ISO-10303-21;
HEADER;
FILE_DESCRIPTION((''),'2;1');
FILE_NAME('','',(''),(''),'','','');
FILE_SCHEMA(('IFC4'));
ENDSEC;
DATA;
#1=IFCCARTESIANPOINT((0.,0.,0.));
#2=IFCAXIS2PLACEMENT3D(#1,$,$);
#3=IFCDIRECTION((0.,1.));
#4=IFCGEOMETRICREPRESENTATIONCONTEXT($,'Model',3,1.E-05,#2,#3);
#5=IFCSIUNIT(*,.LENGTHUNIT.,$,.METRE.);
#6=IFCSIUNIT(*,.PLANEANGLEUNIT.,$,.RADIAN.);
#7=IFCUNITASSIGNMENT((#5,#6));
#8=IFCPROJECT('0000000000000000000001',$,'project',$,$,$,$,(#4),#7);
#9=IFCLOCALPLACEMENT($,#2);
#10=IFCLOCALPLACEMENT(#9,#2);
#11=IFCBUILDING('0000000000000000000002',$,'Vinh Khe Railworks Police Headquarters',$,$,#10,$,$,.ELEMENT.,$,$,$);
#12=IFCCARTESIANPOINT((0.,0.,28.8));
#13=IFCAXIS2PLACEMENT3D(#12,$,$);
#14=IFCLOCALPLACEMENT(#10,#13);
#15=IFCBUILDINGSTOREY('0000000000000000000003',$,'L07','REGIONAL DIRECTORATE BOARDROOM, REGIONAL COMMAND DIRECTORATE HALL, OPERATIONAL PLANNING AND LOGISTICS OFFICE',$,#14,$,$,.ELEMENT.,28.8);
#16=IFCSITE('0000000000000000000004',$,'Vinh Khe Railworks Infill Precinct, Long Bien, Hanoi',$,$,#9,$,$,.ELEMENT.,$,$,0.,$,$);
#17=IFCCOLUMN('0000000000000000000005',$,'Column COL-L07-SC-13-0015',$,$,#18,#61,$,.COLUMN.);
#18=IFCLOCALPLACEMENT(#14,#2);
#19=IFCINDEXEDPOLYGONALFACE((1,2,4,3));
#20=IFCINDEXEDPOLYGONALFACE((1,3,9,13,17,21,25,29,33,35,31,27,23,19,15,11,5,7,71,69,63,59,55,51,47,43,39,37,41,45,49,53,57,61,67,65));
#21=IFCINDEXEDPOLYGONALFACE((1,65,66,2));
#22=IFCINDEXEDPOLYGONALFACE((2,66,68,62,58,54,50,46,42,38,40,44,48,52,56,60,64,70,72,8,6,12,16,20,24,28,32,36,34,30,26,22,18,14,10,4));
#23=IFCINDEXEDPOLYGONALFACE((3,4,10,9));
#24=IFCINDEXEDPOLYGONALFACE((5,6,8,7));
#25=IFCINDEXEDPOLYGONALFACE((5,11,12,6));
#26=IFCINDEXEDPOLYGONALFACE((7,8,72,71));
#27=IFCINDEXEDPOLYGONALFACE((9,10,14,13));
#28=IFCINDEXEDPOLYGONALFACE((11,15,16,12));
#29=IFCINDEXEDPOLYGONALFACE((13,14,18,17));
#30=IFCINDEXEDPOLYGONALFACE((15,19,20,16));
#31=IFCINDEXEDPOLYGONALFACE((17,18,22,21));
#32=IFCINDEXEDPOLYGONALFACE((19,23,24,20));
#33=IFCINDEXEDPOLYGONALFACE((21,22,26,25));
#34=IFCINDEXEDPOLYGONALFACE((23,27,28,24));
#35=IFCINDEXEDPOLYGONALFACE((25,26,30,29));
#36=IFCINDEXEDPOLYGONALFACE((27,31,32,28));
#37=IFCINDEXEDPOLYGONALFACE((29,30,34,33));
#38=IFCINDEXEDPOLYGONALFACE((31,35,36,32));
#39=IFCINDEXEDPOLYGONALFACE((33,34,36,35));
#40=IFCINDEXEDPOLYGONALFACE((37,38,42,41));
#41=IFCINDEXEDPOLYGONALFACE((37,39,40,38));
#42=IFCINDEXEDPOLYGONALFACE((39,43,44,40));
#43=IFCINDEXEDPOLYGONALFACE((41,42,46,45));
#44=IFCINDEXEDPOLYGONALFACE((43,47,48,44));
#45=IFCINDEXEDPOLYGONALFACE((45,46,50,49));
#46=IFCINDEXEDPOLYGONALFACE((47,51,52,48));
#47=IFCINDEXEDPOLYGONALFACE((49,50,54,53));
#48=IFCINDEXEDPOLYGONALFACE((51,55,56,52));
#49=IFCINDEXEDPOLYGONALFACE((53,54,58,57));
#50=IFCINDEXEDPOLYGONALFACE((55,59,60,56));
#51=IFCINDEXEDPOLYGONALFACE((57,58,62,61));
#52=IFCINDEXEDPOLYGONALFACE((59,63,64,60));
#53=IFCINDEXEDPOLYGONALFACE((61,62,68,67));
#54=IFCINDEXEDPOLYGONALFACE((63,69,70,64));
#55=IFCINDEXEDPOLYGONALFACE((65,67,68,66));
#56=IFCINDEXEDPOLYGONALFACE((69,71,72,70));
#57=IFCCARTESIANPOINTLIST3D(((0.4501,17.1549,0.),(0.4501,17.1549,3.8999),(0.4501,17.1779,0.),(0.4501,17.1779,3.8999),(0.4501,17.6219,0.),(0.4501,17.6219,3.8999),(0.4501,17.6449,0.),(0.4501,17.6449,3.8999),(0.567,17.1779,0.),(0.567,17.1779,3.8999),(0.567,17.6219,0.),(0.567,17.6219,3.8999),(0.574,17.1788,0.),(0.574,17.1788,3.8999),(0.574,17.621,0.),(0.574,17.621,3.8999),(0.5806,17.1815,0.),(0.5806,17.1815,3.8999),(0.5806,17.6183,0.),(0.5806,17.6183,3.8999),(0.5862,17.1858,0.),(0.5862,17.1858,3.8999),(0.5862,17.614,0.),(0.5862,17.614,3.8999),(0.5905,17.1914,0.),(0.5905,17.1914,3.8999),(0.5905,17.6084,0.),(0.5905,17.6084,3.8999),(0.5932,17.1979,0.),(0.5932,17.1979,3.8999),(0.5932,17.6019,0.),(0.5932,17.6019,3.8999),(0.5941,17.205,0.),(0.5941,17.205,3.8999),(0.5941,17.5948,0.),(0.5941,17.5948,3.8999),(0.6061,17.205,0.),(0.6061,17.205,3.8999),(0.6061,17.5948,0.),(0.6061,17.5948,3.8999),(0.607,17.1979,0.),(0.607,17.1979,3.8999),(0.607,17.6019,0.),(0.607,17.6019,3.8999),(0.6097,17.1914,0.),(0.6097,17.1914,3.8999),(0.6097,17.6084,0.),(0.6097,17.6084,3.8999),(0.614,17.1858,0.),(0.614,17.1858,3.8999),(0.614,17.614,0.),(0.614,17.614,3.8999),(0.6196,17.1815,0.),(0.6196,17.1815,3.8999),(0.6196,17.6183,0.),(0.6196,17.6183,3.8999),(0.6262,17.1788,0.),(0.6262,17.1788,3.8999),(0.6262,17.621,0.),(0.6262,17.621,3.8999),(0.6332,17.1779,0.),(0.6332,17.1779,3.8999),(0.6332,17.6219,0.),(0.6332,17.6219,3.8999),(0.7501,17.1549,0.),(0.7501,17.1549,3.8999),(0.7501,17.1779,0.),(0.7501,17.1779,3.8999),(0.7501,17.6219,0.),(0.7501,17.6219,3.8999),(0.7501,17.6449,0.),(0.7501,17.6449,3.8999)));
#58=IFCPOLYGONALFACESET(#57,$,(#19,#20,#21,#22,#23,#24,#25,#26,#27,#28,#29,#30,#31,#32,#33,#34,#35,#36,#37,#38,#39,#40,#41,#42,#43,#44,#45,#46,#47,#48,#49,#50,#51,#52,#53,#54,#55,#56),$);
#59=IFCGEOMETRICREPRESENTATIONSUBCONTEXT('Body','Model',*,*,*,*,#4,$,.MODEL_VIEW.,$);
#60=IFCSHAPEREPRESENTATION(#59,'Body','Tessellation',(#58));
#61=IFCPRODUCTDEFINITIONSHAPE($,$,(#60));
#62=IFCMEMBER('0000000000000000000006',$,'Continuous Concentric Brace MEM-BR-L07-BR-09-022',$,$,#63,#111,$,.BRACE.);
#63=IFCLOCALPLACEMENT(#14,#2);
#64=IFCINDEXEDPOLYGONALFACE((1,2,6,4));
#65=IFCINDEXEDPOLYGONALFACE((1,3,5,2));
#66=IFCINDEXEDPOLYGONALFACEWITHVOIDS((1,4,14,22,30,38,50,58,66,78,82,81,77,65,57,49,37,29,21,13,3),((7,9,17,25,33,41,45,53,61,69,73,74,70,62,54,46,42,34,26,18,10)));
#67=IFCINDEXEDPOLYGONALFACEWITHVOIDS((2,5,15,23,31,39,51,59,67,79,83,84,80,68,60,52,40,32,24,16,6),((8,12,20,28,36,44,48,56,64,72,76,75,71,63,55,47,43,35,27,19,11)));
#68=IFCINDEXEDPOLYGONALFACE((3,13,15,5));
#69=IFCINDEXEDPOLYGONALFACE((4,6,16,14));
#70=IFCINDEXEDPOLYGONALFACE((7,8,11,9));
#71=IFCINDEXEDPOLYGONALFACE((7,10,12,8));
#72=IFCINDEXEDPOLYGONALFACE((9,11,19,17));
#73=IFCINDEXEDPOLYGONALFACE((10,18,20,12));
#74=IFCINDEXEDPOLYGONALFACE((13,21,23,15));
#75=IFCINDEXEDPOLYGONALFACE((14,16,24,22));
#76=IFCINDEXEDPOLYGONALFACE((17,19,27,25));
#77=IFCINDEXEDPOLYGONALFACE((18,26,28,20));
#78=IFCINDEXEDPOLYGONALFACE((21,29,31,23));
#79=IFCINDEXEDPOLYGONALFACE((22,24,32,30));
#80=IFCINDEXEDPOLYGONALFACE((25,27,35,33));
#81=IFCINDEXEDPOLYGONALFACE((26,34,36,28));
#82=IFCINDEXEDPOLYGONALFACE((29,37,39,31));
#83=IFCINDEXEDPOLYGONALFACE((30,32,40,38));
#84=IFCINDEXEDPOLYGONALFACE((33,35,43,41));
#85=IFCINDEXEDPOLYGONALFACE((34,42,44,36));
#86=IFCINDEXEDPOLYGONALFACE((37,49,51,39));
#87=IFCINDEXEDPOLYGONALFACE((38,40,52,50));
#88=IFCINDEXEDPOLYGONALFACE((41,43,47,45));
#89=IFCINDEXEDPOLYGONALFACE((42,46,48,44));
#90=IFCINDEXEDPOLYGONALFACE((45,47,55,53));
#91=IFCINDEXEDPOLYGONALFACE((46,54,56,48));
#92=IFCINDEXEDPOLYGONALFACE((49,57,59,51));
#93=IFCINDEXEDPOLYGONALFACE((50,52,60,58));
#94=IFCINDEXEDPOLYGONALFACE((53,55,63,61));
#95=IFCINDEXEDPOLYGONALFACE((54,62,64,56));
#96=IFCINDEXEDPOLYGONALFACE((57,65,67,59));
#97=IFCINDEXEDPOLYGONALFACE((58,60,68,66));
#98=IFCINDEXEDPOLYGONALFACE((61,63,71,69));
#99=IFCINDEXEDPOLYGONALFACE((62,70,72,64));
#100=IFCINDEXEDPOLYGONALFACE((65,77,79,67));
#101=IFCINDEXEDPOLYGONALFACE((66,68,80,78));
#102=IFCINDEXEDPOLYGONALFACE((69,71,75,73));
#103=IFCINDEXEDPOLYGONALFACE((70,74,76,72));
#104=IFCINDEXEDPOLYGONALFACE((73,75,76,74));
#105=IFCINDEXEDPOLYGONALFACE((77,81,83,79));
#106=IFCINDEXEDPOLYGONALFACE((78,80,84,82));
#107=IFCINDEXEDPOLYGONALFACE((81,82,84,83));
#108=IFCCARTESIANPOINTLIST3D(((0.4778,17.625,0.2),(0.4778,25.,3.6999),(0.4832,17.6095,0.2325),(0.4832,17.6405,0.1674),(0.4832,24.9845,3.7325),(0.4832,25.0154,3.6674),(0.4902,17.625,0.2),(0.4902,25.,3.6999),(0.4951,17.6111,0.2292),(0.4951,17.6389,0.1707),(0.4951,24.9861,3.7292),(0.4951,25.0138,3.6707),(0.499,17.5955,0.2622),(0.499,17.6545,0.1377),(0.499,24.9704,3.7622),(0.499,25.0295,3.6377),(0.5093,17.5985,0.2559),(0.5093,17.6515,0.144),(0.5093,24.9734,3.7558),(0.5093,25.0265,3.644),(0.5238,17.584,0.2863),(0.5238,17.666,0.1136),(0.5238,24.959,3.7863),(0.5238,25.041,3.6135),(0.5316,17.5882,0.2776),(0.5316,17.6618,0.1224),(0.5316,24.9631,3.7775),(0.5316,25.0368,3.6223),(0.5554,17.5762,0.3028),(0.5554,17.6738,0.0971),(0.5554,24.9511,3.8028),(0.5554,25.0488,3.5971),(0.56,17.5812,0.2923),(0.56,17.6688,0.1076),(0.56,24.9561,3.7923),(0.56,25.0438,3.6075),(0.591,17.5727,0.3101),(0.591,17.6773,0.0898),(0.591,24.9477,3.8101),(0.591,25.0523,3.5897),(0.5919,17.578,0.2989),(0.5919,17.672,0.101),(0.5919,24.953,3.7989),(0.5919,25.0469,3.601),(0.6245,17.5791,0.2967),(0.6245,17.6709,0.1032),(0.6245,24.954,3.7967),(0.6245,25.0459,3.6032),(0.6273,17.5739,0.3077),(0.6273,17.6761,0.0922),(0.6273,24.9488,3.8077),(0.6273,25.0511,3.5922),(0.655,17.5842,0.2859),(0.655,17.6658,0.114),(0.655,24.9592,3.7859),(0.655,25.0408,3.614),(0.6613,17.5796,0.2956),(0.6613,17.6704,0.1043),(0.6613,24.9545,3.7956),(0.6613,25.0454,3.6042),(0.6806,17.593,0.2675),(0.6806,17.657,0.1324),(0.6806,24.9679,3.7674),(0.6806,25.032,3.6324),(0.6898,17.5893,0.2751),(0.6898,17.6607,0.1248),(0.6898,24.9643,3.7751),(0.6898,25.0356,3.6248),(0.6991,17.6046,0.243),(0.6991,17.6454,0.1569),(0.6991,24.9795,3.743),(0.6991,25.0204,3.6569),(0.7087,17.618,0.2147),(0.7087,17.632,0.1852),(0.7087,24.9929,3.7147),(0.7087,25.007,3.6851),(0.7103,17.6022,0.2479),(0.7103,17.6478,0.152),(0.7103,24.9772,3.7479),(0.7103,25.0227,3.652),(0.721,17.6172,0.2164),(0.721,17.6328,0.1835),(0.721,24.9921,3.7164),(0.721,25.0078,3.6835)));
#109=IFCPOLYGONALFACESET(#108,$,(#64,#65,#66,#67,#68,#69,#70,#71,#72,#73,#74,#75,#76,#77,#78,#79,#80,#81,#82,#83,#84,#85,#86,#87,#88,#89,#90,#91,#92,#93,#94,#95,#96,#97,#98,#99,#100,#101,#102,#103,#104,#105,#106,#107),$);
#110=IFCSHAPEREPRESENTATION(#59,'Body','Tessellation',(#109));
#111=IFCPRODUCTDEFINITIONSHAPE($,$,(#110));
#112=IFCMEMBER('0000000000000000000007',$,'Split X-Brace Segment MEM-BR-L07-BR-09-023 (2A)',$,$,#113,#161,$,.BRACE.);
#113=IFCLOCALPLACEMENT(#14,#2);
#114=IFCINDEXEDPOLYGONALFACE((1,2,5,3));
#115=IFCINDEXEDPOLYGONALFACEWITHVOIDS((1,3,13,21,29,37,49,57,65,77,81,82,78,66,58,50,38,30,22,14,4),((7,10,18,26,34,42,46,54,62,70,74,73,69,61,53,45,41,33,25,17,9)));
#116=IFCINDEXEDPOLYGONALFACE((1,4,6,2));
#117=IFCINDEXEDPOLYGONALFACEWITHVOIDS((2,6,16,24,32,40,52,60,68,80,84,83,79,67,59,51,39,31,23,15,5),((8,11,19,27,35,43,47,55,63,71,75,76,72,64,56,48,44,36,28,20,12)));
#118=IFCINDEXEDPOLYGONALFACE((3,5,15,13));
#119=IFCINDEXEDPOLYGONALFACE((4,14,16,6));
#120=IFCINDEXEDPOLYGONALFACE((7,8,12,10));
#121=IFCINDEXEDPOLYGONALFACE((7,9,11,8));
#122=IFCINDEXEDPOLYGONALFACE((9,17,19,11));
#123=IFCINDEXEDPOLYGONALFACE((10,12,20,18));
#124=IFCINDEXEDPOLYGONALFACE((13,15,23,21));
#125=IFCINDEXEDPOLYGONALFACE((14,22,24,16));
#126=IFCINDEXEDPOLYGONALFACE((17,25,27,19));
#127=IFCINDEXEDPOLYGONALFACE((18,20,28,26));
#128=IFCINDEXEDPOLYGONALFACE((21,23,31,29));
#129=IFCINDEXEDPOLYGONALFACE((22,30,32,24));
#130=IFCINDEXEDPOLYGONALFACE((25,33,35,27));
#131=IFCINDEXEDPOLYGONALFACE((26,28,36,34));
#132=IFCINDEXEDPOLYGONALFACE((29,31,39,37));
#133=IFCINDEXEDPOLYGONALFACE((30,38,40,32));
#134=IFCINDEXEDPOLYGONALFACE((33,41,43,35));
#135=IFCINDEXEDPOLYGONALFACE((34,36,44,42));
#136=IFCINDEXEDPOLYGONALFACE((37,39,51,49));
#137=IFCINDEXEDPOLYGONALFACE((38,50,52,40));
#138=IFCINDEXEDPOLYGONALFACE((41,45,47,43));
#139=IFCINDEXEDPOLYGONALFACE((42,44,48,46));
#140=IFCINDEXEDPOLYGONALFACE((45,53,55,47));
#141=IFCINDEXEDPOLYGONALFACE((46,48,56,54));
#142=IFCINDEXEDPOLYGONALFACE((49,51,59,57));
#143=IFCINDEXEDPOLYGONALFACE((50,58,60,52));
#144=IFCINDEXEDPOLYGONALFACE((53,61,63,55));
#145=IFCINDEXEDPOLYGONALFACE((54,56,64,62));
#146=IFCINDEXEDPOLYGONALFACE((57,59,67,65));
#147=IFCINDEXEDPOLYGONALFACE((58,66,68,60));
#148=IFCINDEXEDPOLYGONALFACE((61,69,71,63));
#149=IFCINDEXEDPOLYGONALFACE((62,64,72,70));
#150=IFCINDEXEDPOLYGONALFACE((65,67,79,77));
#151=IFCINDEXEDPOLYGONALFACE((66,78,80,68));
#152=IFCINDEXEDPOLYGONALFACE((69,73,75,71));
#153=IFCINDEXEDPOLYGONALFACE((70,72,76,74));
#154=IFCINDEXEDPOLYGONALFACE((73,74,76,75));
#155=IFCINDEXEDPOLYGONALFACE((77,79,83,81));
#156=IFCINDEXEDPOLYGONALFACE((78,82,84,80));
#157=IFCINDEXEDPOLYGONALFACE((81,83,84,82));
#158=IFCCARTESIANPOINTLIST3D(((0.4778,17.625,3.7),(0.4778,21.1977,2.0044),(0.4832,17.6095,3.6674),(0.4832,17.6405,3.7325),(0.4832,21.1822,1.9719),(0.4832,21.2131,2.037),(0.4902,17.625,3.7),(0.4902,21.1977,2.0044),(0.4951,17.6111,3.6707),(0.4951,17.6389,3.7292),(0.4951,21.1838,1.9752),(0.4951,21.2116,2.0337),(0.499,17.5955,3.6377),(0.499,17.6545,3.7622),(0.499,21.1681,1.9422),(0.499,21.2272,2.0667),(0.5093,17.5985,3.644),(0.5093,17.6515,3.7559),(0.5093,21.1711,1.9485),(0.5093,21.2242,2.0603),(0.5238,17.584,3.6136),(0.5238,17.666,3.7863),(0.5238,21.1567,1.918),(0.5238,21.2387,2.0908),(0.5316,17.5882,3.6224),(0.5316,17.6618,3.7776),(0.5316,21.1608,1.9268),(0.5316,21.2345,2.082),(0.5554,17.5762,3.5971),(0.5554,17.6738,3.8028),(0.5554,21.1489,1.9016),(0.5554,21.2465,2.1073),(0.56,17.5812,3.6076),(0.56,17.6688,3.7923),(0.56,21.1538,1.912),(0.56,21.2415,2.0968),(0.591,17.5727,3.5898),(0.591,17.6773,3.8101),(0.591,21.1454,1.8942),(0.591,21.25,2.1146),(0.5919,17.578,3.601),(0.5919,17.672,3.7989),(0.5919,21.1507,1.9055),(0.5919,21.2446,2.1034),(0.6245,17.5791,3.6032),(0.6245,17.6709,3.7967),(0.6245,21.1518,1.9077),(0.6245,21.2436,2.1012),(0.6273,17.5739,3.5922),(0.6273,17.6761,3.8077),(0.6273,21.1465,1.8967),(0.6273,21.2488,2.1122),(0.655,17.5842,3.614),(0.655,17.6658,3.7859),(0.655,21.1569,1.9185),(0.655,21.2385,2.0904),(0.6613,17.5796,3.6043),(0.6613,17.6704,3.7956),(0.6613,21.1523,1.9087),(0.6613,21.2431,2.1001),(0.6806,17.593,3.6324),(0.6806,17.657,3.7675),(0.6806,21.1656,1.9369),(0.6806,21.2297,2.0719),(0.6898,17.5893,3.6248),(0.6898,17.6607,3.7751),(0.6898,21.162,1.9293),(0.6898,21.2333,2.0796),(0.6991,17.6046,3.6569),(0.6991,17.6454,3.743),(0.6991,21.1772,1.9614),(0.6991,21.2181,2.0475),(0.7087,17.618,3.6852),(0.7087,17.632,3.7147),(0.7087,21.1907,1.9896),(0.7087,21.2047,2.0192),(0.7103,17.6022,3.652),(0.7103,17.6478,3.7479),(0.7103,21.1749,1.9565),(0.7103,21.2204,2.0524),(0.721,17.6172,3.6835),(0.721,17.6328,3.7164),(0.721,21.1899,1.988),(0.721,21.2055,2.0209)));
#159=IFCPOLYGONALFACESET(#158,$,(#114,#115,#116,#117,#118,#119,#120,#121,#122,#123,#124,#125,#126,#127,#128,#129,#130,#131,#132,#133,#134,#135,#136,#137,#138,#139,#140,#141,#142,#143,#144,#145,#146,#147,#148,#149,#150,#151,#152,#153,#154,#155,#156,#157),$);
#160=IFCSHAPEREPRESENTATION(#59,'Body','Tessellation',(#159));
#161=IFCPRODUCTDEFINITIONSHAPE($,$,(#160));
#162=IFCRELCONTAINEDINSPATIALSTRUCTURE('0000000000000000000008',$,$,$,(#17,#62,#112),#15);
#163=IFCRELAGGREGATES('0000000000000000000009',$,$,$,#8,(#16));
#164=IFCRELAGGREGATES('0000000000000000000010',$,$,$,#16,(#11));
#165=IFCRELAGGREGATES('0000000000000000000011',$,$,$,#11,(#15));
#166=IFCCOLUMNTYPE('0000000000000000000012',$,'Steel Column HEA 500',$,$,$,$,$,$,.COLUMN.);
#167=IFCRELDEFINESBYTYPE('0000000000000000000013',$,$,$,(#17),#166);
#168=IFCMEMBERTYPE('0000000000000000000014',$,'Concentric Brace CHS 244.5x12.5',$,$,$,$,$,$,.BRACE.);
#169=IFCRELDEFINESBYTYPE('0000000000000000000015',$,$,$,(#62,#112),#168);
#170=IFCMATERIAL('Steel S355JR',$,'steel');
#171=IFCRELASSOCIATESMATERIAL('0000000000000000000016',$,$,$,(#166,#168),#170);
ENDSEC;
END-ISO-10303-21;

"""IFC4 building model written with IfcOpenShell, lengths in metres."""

from ifc_helpers import new_model, si_unit, direction, frame, origin, origin_2d, place, context, subcontext, project, spatial, hollow_circle, i_section, extrude, material, material_profile, profile_set, type_object, element, save


model = new_model("IFC4")

# Units and contexts
model_context = context("Model", 3, precision=1e-05, world=origin(), true_north=direction((0.0, 1.0)))
body_context = subcontext(model_context, "Body", "Model", "MODEL_VIEW")
ifc_project = project(units=[si_unit("LENGTHUNIT", "METRE"), si_unit("PLANEANGLEUNIT", "RADIAN")], contexts=[model_context])

# Site, building, storey
site_placement = place(None, origin())
site = spatial("IfcSite", under=ifc_project, at=site_placement, Name="Vinh Khe Railworks Infill Precinct, Long Bien, Hanoi", CompositionType="ELEMENT", RefElevation=0.0)
building_placement = place(site_placement, origin())
building = spatial("IfcBuilding", under=site, at=building_placement, Name="Vinh Khe Railworks Police Headquarters", CompositionType="ELEMENT")
storey_placement = place(building_placement, frame((0.0, 0.0, 28.8)))
storey = spatial("IfcBuildingStorey", under=building, at=storey_placement, Name="L07", Description="REGIONAL DIRECTORATE BOARDROOM, REGIONAL COMMAND DIRECTORATE HALL, OPERATIONAL PLANNING AND LOGISTICS OFFICE", CompositionType="ELEMENT", Elevation=28.8)

# Column
ifc_material_1 = material(Name="Steel S355JR", Category="steel")
ifc_material_profile_1 = material_profile(ifc_material_1, i_section(OverallWidth=0.3, OverallDepth=0.49, WebThickness=0.012, FlangeThickness=0.0229, FilletRadius=0.0271, at=origin_2d()), Name="HEA 500")
ifc_profile_set_1 = profile_set([ifc_material_profile_1], Name="Steel S355JR")
column_type = type_object("IfcColumnType", Name="Steel Column HEA 500", PredefinedType="COLUMN", material=ifc_profile_set_1)
column_placement = place(storey_placement, frame((0.6001, 17.3999, 0.0), z_axis=(0.0, 0.0, 1.0), x_axis=(1.0, 0.0, 0.0)))
element("IfcColumn", 1, at=column_placement, inside=storey, type_object=column_type, Name="Column COL-L07-SC-13-0015", PredefinedType="COLUMN", context=body_context, shape_type="SweptSolid", body=[
    extrude(i_section(OverallWidth=0.3, OverallDepth=0.49, WebThickness=0.012, FlangeThickness=0.0229, FilletRadius=0.0271, at=origin_2d()), origin(), (0.0, 0.0, 1.0), 3.8999),
])

# Members
ifc_material_profile_2 = material_profile(ifc_material_1, hollow_circle(Radius=0.1223, WallThickness=0.0125, at=origin_2d()), Name="CHS 244.5x12.5")
ifc_profile_set_2 = profile_set([ifc_material_profile_2], Name="Steel S355JR")
member_type = type_object("IfcMemberType", Name="Concentric Brace CHS 244.5x12.5", PredefinedType="BRACE", material=ifc_profile_set_2)
member_placement = place(storey_placement, frame((0.6001, 17.625, 0.2), z_axis=(0.0, 0.903426, 0.428744), x_axis=(-1.0, 0.0, 0.0)))
element("IfcMember", 2, at=member_placement, inside=storey, type_object=member_type, Name="Continuous Concentric Brace MEM-BR-L07-BR-09-022", PredefinedType="BRACE", context=body_context, shape_type="SweptSolid", body=[
    extrude(hollow_circle(Radius=0.1223, WallThickness=0.0125, at=origin_2d()), origin(), (0.0, 0.0, 1.0), 8.1633),
])
for number, where, z_axis, x_axis, name in (
    (3, (0.6001, 17.625, 3.7), (0.0, 0.903425, -0.428747), (-1.0, 0.0, 0.0), "Split X-Brace Segment MEM-BR-L07-BR-09-023 (2A)"),
):
    element("IfcMember", number, at=place(storey_placement, frame(where, z_axis=z_axis, x_axis=x_axis)), inside=storey, type_object=member_type, Name=name, PredefinedType="BRACE", context=body_context, shape_type="SweptSolid", body=[
        extrude(hollow_circle(Radius=0.1223, WallThickness=0.0125, at=origin_2d()), origin(), (0.0, 0.0, 1.0), 3.9546),
    ])

save(model, "model.ifc")
